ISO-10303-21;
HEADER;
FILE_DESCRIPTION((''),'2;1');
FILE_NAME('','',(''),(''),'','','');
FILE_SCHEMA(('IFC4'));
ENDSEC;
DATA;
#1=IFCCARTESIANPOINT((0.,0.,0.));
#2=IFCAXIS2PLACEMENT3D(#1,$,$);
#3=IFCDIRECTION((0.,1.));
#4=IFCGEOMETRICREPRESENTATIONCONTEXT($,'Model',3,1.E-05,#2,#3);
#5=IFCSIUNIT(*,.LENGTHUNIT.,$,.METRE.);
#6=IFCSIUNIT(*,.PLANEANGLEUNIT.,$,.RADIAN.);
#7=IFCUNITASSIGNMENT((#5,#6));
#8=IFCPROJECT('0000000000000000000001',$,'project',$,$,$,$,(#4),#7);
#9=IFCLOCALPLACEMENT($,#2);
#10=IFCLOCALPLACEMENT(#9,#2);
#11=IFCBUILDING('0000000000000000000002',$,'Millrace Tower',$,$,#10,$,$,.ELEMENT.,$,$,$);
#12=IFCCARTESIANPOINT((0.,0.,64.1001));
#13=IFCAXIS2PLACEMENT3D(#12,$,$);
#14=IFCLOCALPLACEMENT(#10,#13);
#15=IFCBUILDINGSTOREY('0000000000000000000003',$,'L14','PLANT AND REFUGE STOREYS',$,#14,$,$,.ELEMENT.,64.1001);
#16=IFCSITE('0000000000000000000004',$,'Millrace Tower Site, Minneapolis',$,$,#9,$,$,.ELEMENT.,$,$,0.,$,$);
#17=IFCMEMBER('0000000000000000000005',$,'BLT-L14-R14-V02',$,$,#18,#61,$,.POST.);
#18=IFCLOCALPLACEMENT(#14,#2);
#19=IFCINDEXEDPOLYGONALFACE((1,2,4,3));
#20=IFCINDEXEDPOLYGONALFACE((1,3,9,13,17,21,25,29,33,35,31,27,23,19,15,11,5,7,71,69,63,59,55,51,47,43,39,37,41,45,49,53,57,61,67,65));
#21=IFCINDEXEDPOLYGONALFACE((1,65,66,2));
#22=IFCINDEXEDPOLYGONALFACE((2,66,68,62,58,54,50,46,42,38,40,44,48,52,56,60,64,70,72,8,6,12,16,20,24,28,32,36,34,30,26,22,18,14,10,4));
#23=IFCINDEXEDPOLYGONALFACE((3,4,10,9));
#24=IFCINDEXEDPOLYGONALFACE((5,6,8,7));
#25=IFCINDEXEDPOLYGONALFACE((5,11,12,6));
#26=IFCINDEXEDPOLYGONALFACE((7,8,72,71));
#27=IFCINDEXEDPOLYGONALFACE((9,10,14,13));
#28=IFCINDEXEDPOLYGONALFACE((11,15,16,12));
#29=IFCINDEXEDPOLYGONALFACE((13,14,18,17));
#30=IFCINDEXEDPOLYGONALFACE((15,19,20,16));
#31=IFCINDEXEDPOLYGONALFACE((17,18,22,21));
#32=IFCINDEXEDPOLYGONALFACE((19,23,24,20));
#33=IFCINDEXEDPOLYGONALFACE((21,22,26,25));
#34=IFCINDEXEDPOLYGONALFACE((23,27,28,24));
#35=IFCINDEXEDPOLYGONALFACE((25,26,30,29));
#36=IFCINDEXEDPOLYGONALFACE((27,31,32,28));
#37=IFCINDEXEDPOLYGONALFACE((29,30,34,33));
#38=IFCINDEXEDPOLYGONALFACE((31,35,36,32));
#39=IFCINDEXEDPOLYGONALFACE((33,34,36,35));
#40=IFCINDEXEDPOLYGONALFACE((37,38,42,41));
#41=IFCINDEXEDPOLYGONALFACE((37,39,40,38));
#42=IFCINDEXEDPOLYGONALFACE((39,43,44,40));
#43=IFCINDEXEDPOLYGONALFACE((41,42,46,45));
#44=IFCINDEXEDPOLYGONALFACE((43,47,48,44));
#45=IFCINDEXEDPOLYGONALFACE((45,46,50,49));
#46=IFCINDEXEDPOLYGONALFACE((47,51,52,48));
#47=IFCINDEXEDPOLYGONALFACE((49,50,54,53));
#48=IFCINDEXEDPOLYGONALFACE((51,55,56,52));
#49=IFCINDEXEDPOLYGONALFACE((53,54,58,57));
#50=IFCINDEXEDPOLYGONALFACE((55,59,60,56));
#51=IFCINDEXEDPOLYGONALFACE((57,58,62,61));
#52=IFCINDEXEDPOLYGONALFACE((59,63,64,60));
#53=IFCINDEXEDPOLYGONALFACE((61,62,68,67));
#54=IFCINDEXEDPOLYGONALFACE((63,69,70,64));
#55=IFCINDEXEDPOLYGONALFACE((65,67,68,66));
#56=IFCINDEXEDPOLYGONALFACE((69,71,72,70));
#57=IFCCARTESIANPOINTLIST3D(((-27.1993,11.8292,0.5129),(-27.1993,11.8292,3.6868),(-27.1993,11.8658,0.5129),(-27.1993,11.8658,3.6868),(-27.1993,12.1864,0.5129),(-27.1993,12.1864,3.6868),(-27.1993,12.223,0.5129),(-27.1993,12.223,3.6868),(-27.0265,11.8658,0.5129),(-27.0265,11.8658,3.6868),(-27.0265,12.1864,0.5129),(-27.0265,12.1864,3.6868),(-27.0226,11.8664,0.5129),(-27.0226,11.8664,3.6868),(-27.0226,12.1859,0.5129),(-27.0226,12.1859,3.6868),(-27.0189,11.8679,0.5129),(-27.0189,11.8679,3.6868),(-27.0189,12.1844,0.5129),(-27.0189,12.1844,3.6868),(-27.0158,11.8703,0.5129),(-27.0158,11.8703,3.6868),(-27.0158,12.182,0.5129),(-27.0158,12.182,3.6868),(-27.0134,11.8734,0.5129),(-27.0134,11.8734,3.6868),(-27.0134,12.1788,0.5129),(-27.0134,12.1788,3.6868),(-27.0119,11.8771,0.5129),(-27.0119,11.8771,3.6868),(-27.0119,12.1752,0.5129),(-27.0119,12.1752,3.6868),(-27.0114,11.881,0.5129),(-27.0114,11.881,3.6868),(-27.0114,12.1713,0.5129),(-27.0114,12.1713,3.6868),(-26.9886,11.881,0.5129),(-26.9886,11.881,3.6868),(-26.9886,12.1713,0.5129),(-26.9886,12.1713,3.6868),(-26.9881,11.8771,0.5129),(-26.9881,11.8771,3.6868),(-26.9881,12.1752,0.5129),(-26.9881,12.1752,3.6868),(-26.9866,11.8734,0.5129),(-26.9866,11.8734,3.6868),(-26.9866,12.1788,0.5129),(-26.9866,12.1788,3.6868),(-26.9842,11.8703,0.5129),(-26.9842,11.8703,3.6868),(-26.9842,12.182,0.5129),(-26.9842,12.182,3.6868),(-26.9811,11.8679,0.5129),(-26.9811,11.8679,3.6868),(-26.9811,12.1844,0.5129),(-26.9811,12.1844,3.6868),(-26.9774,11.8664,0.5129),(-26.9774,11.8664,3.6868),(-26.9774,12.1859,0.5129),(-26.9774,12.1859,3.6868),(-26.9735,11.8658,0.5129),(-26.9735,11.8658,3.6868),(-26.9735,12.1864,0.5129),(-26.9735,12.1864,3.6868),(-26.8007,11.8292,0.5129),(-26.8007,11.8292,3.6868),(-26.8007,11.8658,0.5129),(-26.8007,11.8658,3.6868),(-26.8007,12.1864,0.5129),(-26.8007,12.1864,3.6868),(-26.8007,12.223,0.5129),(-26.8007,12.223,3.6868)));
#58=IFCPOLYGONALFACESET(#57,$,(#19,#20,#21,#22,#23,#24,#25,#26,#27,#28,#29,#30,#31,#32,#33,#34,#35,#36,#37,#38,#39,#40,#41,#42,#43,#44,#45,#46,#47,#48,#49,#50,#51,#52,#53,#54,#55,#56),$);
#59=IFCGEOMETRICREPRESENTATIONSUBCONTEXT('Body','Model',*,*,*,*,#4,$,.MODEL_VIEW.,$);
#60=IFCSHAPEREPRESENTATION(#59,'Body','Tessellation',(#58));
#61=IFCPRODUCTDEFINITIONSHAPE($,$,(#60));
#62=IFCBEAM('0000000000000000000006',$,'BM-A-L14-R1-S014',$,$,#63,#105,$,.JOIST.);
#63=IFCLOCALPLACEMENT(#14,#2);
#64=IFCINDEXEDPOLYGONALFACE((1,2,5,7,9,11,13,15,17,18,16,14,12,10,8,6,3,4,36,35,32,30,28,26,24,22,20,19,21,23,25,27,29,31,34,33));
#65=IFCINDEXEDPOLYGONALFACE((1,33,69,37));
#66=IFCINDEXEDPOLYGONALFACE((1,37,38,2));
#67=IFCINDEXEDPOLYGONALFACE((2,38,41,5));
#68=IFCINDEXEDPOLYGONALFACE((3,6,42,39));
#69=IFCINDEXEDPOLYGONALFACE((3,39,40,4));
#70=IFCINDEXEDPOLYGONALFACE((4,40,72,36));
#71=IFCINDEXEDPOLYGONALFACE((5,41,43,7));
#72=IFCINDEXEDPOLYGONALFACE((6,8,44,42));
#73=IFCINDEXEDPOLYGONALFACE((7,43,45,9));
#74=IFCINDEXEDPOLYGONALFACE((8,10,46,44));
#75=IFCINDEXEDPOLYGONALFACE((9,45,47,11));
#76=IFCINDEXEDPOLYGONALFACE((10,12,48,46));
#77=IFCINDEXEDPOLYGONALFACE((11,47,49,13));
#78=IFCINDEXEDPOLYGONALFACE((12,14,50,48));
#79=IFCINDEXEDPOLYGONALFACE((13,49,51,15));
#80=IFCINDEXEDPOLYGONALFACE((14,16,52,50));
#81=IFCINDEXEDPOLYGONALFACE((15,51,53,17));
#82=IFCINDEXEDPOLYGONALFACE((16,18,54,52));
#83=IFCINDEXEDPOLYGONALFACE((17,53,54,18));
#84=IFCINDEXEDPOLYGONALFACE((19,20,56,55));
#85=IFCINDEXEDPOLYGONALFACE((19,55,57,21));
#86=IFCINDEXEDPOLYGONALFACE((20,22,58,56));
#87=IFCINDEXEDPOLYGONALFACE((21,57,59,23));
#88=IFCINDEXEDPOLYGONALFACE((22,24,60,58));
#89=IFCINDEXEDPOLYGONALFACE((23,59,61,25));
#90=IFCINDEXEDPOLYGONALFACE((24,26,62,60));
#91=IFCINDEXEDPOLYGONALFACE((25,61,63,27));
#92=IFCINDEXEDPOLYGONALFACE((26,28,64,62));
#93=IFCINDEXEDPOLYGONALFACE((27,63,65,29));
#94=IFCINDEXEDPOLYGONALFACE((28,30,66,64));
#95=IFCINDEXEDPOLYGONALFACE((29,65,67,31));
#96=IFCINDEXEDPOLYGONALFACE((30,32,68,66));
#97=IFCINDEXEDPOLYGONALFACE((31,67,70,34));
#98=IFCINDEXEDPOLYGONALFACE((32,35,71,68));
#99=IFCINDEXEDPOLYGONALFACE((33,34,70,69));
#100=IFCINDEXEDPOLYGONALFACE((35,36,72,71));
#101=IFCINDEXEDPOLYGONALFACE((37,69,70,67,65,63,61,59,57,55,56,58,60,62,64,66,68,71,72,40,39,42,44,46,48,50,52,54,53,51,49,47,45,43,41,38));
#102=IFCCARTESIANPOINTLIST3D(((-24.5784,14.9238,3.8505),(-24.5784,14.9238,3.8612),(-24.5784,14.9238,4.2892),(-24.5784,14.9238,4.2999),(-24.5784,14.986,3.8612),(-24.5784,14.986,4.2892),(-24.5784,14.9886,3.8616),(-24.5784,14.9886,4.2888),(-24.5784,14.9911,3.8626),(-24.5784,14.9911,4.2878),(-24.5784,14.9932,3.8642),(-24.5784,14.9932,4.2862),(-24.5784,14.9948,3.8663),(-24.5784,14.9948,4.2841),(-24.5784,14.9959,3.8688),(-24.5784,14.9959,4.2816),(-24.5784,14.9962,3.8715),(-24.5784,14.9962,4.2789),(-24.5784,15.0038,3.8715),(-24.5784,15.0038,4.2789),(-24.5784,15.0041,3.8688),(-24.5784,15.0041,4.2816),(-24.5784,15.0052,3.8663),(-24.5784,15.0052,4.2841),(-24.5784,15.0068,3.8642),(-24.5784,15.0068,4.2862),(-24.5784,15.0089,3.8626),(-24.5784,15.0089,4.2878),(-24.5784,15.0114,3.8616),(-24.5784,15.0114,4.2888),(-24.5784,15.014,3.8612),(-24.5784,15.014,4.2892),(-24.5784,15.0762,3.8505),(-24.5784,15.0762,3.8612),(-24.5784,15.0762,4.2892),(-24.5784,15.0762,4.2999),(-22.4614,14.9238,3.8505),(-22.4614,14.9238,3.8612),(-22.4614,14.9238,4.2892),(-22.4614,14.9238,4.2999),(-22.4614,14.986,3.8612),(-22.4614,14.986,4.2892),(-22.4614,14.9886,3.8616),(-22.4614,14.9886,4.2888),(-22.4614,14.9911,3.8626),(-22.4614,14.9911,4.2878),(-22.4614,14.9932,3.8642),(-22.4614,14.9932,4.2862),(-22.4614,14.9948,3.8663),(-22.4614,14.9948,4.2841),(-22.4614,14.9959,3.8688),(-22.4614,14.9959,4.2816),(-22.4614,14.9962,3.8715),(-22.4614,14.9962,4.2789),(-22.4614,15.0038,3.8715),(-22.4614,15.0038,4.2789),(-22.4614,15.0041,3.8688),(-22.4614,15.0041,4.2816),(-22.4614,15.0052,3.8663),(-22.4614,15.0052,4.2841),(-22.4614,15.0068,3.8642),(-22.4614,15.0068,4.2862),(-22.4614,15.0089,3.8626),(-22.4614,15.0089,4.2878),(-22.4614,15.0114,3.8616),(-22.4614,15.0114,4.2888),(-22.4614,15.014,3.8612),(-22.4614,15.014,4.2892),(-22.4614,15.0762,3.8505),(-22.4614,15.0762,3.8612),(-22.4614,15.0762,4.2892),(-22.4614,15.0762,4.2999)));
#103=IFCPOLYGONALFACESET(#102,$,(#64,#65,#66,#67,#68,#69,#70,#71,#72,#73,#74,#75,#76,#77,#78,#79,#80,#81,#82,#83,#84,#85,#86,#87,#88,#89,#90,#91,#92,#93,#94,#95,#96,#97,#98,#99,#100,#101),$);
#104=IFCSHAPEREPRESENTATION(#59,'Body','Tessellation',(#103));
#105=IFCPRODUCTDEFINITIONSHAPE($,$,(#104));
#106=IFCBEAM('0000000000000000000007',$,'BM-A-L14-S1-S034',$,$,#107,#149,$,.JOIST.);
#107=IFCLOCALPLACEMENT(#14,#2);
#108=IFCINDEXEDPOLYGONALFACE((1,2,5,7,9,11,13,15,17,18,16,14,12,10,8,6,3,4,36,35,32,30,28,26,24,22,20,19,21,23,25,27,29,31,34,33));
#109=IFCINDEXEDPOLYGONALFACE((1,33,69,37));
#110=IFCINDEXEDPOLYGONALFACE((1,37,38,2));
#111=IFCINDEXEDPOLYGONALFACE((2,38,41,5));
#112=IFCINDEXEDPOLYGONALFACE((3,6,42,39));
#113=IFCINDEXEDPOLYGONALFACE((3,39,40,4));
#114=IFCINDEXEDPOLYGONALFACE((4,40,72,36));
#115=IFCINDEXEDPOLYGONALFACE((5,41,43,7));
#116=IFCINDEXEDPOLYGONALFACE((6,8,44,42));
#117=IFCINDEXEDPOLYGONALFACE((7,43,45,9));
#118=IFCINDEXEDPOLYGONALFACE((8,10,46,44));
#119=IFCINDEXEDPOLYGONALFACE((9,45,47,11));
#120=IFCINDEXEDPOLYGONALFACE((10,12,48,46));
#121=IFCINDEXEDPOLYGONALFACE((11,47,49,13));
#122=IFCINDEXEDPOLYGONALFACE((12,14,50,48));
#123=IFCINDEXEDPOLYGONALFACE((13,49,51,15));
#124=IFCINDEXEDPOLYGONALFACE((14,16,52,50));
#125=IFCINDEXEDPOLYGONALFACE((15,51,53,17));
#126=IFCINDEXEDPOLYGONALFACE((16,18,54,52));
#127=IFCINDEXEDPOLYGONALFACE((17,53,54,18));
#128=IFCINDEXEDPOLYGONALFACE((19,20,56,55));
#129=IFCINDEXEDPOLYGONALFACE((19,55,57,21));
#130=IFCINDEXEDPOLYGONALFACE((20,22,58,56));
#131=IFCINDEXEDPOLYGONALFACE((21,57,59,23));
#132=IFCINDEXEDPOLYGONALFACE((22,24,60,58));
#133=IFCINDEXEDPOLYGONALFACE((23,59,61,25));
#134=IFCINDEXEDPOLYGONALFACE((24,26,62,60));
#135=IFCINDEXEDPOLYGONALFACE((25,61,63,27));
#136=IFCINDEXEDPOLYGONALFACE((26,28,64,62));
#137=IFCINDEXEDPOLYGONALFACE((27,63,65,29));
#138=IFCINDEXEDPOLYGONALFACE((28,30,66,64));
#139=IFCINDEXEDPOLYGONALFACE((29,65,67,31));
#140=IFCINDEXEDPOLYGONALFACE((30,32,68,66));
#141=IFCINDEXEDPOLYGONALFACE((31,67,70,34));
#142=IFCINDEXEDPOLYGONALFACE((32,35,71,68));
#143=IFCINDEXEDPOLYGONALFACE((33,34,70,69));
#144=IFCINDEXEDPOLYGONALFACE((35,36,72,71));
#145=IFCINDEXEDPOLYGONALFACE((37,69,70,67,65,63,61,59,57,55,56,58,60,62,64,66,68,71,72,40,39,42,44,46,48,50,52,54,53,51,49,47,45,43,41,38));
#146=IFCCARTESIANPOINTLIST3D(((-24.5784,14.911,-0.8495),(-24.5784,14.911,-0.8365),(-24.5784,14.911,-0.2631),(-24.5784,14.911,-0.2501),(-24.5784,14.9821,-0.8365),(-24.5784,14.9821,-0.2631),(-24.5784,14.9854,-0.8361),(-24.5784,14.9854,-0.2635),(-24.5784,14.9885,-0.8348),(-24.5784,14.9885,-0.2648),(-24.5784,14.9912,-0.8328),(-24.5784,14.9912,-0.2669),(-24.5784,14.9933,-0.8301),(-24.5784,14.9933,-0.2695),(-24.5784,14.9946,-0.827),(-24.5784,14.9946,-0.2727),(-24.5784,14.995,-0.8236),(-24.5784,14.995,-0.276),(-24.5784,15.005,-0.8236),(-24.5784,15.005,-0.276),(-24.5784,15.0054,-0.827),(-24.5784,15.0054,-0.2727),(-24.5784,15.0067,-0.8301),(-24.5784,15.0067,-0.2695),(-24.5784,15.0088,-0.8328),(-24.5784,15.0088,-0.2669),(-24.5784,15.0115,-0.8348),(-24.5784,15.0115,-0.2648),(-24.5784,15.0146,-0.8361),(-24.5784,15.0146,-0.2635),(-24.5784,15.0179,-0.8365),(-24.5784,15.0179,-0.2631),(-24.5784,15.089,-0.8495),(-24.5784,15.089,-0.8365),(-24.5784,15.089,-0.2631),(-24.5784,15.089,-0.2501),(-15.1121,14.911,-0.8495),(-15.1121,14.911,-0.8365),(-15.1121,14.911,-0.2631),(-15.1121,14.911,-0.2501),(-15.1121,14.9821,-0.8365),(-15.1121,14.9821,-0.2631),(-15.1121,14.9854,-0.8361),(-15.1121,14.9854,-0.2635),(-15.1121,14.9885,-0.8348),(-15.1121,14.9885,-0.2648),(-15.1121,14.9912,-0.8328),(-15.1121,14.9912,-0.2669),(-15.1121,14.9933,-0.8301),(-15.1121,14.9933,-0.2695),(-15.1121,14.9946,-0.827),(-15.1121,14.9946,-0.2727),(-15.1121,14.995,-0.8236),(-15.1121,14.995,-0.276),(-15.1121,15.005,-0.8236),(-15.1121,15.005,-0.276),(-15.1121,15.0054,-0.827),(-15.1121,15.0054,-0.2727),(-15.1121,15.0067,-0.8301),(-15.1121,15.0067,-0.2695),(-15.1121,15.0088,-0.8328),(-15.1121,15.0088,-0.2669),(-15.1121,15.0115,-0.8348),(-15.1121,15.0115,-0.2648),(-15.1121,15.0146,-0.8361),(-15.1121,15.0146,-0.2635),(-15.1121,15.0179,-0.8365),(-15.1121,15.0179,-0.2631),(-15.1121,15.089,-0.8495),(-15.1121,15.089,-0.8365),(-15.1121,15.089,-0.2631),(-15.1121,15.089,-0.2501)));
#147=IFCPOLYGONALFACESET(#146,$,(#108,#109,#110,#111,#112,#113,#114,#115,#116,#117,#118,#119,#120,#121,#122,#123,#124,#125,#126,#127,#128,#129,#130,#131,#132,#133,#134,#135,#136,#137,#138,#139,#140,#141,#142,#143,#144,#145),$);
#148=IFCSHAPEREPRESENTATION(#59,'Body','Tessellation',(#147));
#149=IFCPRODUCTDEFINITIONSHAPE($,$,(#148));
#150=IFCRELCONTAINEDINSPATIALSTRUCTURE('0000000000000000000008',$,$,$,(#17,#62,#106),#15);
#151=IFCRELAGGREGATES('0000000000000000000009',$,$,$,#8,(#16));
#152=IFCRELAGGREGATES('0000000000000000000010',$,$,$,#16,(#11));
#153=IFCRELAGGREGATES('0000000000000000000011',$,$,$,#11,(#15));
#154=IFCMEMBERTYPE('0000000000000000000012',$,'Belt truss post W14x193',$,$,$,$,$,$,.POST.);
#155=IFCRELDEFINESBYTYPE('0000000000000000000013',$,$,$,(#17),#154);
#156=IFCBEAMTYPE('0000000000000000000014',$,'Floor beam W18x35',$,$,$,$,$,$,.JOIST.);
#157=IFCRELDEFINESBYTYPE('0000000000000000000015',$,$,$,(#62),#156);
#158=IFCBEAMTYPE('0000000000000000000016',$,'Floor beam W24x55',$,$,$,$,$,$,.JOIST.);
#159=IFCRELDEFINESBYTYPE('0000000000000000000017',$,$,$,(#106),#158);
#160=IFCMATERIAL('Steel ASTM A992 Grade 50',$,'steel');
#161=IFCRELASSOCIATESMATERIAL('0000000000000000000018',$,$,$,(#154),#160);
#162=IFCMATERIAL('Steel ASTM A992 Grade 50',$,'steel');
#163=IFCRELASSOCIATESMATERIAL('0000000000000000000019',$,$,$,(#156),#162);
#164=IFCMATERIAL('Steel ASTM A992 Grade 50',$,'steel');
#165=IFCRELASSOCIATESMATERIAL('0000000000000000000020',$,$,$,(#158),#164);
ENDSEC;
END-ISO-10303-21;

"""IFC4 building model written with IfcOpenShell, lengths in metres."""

from ifc_helpers import new_model, si_unit, direction, frame, origin, origin_2d, place, context, subcontext, project, spatial, i_section, extrude, material, material_profile, profile_set, type_object, element, save


model = new_model("IFC4")

# Units and contexts
model_context = context("Model", 3, precision=1e-05, world=origin(), true_north=direction((0.0, 1.0)))
body_context = subcontext(model_context, "Body", "Model", "MODEL_VIEW")
ifc_project = project(units=[si_unit("LENGTHUNIT", "METRE"), si_unit("PLANEANGLEUNIT", "RADIAN")], contexts=[model_context])

# Site, building, storey
site_placement = place(None, origin())
site = spatial("IfcSite", under=ifc_project, at=site_placement, Name="Millrace Tower Site, Minneapolis", CompositionType="ELEMENT", RefElevation=0.0)
building_placement = place(site_placement, origin())
building = spatial("IfcBuilding", under=site, at=building_placement, Name="Millrace Tower", CompositionType="ELEMENT")
storey_placement = place(building_placement, frame((0.0, 0.0, 64.1001)))
storey = spatial("IfcBuildingStorey", under=building, at=storey_placement, Name="L14", Description="PLANT AND REFUGE STOREYS", CompositionType="ELEMENT", Elevation=64.1001)

# Member
ifc_material_1 = material(Name="Steel ASTM A992 Grade 50", Category="steel")
ifc_material_profile_1 = material_profile(ifc_material_1, i_section(OverallWidth=0.3987, OverallDepth=0.3938, WebThickness=0.0227, FlangeThickness=0.0366, FilletRadius=0.0151, at=origin_2d()))
ifc_profile_set_1 = profile_set([ifc_material_profile_1], Name="Steel ASTM A992 Grade 50")
member_type_1 = type_object("IfcMemberType", Name="Belt truss post W14x193", PredefinedType="POST", material=ifc_profile_set_1)
member_1_placement = place(storey_placement, frame((-27.0, 12.0261, 0.5129), z_axis=(0.0, 0.0, 1.0), x_axis=(1.0, 0.0, 0.0)))
element("IfcMember", 1, at=member_1_placement, inside=storey, type_object=member_type_1, Name="BLT-L14-R14-V02", PredefinedType="POST", context=body_context, shape_type="SweptSolid", body=[
    extrude(i_section(OverallWidth=0.3987, OverallDepth=0.3938, WebThickness=0.0227, FlangeThickness=0.0366, FilletRadius=0.0151, at=origin_2d()), origin(), (0.0, 0.0, 1.0), 3.1738),
])

# Beams
ifc_material_2 = material(Name="Steel ASTM A992 Grade 50", Category="steel")
ifc_material_profile_2 = material_profile(ifc_material_2, i_section(OverallWidth=0.1523, OverallDepth=0.4495, WebThickness=0.0076, FlangeThickness=0.0107, FilletRadius=0.0103, at=origin_2d()))
ifc_profile_set_2 = profile_set([ifc_material_profile_2], Name="Steel ASTM A992 Grade 50")
beam_type_1 = type_object("IfcBeamType", Name="Floor beam W18x35", PredefinedType="JOIST", material=ifc_profile_set_2)
beam_1_placement = place(storey_placement, frame((-24.5784, 15.0, 4.0752), z_axis=(1.0, 0.0, 0.0), x_axis=(0.0, 1.0, 0.0)))
element("IfcBeam", 2, at=beam_1_placement, inside=storey, type_object=beam_type_1, Name="BM-A-L14-R1-S014", PredefinedType="JOIST", context=body_context, shape_type="SweptSolid", body=[
    extrude(i_section(OverallWidth=0.1523, OverallDepth=0.4495, WebThickness=0.0076, FlangeThickness=0.0107, FilletRadius=0.0103, at=origin_2d()), origin(), (0.0, 0.0, 1.0), 2.1169),
])
ifc_material_3 = material(Name="Steel ASTM A992 Grade 50", Category="steel")
ifc_material_profile_3 = material_profile(ifc_material_3, i_section(OverallWidth=0.178, OverallDepth=0.5994, WebThickness=0.01, FlangeThickness=0.0129, FilletRadius=0.0129, at=origin_2d()))
ifc_profile_set_3 = profile_set([ifc_material_profile_3], Name="Steel ASTM A992 Grade 50")
beam_type_2 = type_object("IfcBeamType", Name="Floor beam W24x55", PredefinedType="JOIST", material=ifc_profile_set_3)
beam_2_placement = place(storey_placement, frame((-24.5784, 15.0, -0.5498), z_axis=(1.0, 0.0, 0.0), x_axis=(0.0, 1.0, 0.0)))
element("IfcBeam", 3, at=beam_2_placement, inside=storey, type_object=beam_type_2, Name="BM-A-L14-S1-S034", PredefinedType="JOIST", context=body_context, shape_type="SweptSolid", body=[
    extrude(i_section(OverallWidth=0.178, OverallDepth=0.5994, WebThickness=0.01, FlangeThickness=0.0129, FilletRadius=0.0129, at=origin_2d()), origin(), (0.0, 0.0, 1.0), 9.4663),
])

save(model, "model.ifc")
